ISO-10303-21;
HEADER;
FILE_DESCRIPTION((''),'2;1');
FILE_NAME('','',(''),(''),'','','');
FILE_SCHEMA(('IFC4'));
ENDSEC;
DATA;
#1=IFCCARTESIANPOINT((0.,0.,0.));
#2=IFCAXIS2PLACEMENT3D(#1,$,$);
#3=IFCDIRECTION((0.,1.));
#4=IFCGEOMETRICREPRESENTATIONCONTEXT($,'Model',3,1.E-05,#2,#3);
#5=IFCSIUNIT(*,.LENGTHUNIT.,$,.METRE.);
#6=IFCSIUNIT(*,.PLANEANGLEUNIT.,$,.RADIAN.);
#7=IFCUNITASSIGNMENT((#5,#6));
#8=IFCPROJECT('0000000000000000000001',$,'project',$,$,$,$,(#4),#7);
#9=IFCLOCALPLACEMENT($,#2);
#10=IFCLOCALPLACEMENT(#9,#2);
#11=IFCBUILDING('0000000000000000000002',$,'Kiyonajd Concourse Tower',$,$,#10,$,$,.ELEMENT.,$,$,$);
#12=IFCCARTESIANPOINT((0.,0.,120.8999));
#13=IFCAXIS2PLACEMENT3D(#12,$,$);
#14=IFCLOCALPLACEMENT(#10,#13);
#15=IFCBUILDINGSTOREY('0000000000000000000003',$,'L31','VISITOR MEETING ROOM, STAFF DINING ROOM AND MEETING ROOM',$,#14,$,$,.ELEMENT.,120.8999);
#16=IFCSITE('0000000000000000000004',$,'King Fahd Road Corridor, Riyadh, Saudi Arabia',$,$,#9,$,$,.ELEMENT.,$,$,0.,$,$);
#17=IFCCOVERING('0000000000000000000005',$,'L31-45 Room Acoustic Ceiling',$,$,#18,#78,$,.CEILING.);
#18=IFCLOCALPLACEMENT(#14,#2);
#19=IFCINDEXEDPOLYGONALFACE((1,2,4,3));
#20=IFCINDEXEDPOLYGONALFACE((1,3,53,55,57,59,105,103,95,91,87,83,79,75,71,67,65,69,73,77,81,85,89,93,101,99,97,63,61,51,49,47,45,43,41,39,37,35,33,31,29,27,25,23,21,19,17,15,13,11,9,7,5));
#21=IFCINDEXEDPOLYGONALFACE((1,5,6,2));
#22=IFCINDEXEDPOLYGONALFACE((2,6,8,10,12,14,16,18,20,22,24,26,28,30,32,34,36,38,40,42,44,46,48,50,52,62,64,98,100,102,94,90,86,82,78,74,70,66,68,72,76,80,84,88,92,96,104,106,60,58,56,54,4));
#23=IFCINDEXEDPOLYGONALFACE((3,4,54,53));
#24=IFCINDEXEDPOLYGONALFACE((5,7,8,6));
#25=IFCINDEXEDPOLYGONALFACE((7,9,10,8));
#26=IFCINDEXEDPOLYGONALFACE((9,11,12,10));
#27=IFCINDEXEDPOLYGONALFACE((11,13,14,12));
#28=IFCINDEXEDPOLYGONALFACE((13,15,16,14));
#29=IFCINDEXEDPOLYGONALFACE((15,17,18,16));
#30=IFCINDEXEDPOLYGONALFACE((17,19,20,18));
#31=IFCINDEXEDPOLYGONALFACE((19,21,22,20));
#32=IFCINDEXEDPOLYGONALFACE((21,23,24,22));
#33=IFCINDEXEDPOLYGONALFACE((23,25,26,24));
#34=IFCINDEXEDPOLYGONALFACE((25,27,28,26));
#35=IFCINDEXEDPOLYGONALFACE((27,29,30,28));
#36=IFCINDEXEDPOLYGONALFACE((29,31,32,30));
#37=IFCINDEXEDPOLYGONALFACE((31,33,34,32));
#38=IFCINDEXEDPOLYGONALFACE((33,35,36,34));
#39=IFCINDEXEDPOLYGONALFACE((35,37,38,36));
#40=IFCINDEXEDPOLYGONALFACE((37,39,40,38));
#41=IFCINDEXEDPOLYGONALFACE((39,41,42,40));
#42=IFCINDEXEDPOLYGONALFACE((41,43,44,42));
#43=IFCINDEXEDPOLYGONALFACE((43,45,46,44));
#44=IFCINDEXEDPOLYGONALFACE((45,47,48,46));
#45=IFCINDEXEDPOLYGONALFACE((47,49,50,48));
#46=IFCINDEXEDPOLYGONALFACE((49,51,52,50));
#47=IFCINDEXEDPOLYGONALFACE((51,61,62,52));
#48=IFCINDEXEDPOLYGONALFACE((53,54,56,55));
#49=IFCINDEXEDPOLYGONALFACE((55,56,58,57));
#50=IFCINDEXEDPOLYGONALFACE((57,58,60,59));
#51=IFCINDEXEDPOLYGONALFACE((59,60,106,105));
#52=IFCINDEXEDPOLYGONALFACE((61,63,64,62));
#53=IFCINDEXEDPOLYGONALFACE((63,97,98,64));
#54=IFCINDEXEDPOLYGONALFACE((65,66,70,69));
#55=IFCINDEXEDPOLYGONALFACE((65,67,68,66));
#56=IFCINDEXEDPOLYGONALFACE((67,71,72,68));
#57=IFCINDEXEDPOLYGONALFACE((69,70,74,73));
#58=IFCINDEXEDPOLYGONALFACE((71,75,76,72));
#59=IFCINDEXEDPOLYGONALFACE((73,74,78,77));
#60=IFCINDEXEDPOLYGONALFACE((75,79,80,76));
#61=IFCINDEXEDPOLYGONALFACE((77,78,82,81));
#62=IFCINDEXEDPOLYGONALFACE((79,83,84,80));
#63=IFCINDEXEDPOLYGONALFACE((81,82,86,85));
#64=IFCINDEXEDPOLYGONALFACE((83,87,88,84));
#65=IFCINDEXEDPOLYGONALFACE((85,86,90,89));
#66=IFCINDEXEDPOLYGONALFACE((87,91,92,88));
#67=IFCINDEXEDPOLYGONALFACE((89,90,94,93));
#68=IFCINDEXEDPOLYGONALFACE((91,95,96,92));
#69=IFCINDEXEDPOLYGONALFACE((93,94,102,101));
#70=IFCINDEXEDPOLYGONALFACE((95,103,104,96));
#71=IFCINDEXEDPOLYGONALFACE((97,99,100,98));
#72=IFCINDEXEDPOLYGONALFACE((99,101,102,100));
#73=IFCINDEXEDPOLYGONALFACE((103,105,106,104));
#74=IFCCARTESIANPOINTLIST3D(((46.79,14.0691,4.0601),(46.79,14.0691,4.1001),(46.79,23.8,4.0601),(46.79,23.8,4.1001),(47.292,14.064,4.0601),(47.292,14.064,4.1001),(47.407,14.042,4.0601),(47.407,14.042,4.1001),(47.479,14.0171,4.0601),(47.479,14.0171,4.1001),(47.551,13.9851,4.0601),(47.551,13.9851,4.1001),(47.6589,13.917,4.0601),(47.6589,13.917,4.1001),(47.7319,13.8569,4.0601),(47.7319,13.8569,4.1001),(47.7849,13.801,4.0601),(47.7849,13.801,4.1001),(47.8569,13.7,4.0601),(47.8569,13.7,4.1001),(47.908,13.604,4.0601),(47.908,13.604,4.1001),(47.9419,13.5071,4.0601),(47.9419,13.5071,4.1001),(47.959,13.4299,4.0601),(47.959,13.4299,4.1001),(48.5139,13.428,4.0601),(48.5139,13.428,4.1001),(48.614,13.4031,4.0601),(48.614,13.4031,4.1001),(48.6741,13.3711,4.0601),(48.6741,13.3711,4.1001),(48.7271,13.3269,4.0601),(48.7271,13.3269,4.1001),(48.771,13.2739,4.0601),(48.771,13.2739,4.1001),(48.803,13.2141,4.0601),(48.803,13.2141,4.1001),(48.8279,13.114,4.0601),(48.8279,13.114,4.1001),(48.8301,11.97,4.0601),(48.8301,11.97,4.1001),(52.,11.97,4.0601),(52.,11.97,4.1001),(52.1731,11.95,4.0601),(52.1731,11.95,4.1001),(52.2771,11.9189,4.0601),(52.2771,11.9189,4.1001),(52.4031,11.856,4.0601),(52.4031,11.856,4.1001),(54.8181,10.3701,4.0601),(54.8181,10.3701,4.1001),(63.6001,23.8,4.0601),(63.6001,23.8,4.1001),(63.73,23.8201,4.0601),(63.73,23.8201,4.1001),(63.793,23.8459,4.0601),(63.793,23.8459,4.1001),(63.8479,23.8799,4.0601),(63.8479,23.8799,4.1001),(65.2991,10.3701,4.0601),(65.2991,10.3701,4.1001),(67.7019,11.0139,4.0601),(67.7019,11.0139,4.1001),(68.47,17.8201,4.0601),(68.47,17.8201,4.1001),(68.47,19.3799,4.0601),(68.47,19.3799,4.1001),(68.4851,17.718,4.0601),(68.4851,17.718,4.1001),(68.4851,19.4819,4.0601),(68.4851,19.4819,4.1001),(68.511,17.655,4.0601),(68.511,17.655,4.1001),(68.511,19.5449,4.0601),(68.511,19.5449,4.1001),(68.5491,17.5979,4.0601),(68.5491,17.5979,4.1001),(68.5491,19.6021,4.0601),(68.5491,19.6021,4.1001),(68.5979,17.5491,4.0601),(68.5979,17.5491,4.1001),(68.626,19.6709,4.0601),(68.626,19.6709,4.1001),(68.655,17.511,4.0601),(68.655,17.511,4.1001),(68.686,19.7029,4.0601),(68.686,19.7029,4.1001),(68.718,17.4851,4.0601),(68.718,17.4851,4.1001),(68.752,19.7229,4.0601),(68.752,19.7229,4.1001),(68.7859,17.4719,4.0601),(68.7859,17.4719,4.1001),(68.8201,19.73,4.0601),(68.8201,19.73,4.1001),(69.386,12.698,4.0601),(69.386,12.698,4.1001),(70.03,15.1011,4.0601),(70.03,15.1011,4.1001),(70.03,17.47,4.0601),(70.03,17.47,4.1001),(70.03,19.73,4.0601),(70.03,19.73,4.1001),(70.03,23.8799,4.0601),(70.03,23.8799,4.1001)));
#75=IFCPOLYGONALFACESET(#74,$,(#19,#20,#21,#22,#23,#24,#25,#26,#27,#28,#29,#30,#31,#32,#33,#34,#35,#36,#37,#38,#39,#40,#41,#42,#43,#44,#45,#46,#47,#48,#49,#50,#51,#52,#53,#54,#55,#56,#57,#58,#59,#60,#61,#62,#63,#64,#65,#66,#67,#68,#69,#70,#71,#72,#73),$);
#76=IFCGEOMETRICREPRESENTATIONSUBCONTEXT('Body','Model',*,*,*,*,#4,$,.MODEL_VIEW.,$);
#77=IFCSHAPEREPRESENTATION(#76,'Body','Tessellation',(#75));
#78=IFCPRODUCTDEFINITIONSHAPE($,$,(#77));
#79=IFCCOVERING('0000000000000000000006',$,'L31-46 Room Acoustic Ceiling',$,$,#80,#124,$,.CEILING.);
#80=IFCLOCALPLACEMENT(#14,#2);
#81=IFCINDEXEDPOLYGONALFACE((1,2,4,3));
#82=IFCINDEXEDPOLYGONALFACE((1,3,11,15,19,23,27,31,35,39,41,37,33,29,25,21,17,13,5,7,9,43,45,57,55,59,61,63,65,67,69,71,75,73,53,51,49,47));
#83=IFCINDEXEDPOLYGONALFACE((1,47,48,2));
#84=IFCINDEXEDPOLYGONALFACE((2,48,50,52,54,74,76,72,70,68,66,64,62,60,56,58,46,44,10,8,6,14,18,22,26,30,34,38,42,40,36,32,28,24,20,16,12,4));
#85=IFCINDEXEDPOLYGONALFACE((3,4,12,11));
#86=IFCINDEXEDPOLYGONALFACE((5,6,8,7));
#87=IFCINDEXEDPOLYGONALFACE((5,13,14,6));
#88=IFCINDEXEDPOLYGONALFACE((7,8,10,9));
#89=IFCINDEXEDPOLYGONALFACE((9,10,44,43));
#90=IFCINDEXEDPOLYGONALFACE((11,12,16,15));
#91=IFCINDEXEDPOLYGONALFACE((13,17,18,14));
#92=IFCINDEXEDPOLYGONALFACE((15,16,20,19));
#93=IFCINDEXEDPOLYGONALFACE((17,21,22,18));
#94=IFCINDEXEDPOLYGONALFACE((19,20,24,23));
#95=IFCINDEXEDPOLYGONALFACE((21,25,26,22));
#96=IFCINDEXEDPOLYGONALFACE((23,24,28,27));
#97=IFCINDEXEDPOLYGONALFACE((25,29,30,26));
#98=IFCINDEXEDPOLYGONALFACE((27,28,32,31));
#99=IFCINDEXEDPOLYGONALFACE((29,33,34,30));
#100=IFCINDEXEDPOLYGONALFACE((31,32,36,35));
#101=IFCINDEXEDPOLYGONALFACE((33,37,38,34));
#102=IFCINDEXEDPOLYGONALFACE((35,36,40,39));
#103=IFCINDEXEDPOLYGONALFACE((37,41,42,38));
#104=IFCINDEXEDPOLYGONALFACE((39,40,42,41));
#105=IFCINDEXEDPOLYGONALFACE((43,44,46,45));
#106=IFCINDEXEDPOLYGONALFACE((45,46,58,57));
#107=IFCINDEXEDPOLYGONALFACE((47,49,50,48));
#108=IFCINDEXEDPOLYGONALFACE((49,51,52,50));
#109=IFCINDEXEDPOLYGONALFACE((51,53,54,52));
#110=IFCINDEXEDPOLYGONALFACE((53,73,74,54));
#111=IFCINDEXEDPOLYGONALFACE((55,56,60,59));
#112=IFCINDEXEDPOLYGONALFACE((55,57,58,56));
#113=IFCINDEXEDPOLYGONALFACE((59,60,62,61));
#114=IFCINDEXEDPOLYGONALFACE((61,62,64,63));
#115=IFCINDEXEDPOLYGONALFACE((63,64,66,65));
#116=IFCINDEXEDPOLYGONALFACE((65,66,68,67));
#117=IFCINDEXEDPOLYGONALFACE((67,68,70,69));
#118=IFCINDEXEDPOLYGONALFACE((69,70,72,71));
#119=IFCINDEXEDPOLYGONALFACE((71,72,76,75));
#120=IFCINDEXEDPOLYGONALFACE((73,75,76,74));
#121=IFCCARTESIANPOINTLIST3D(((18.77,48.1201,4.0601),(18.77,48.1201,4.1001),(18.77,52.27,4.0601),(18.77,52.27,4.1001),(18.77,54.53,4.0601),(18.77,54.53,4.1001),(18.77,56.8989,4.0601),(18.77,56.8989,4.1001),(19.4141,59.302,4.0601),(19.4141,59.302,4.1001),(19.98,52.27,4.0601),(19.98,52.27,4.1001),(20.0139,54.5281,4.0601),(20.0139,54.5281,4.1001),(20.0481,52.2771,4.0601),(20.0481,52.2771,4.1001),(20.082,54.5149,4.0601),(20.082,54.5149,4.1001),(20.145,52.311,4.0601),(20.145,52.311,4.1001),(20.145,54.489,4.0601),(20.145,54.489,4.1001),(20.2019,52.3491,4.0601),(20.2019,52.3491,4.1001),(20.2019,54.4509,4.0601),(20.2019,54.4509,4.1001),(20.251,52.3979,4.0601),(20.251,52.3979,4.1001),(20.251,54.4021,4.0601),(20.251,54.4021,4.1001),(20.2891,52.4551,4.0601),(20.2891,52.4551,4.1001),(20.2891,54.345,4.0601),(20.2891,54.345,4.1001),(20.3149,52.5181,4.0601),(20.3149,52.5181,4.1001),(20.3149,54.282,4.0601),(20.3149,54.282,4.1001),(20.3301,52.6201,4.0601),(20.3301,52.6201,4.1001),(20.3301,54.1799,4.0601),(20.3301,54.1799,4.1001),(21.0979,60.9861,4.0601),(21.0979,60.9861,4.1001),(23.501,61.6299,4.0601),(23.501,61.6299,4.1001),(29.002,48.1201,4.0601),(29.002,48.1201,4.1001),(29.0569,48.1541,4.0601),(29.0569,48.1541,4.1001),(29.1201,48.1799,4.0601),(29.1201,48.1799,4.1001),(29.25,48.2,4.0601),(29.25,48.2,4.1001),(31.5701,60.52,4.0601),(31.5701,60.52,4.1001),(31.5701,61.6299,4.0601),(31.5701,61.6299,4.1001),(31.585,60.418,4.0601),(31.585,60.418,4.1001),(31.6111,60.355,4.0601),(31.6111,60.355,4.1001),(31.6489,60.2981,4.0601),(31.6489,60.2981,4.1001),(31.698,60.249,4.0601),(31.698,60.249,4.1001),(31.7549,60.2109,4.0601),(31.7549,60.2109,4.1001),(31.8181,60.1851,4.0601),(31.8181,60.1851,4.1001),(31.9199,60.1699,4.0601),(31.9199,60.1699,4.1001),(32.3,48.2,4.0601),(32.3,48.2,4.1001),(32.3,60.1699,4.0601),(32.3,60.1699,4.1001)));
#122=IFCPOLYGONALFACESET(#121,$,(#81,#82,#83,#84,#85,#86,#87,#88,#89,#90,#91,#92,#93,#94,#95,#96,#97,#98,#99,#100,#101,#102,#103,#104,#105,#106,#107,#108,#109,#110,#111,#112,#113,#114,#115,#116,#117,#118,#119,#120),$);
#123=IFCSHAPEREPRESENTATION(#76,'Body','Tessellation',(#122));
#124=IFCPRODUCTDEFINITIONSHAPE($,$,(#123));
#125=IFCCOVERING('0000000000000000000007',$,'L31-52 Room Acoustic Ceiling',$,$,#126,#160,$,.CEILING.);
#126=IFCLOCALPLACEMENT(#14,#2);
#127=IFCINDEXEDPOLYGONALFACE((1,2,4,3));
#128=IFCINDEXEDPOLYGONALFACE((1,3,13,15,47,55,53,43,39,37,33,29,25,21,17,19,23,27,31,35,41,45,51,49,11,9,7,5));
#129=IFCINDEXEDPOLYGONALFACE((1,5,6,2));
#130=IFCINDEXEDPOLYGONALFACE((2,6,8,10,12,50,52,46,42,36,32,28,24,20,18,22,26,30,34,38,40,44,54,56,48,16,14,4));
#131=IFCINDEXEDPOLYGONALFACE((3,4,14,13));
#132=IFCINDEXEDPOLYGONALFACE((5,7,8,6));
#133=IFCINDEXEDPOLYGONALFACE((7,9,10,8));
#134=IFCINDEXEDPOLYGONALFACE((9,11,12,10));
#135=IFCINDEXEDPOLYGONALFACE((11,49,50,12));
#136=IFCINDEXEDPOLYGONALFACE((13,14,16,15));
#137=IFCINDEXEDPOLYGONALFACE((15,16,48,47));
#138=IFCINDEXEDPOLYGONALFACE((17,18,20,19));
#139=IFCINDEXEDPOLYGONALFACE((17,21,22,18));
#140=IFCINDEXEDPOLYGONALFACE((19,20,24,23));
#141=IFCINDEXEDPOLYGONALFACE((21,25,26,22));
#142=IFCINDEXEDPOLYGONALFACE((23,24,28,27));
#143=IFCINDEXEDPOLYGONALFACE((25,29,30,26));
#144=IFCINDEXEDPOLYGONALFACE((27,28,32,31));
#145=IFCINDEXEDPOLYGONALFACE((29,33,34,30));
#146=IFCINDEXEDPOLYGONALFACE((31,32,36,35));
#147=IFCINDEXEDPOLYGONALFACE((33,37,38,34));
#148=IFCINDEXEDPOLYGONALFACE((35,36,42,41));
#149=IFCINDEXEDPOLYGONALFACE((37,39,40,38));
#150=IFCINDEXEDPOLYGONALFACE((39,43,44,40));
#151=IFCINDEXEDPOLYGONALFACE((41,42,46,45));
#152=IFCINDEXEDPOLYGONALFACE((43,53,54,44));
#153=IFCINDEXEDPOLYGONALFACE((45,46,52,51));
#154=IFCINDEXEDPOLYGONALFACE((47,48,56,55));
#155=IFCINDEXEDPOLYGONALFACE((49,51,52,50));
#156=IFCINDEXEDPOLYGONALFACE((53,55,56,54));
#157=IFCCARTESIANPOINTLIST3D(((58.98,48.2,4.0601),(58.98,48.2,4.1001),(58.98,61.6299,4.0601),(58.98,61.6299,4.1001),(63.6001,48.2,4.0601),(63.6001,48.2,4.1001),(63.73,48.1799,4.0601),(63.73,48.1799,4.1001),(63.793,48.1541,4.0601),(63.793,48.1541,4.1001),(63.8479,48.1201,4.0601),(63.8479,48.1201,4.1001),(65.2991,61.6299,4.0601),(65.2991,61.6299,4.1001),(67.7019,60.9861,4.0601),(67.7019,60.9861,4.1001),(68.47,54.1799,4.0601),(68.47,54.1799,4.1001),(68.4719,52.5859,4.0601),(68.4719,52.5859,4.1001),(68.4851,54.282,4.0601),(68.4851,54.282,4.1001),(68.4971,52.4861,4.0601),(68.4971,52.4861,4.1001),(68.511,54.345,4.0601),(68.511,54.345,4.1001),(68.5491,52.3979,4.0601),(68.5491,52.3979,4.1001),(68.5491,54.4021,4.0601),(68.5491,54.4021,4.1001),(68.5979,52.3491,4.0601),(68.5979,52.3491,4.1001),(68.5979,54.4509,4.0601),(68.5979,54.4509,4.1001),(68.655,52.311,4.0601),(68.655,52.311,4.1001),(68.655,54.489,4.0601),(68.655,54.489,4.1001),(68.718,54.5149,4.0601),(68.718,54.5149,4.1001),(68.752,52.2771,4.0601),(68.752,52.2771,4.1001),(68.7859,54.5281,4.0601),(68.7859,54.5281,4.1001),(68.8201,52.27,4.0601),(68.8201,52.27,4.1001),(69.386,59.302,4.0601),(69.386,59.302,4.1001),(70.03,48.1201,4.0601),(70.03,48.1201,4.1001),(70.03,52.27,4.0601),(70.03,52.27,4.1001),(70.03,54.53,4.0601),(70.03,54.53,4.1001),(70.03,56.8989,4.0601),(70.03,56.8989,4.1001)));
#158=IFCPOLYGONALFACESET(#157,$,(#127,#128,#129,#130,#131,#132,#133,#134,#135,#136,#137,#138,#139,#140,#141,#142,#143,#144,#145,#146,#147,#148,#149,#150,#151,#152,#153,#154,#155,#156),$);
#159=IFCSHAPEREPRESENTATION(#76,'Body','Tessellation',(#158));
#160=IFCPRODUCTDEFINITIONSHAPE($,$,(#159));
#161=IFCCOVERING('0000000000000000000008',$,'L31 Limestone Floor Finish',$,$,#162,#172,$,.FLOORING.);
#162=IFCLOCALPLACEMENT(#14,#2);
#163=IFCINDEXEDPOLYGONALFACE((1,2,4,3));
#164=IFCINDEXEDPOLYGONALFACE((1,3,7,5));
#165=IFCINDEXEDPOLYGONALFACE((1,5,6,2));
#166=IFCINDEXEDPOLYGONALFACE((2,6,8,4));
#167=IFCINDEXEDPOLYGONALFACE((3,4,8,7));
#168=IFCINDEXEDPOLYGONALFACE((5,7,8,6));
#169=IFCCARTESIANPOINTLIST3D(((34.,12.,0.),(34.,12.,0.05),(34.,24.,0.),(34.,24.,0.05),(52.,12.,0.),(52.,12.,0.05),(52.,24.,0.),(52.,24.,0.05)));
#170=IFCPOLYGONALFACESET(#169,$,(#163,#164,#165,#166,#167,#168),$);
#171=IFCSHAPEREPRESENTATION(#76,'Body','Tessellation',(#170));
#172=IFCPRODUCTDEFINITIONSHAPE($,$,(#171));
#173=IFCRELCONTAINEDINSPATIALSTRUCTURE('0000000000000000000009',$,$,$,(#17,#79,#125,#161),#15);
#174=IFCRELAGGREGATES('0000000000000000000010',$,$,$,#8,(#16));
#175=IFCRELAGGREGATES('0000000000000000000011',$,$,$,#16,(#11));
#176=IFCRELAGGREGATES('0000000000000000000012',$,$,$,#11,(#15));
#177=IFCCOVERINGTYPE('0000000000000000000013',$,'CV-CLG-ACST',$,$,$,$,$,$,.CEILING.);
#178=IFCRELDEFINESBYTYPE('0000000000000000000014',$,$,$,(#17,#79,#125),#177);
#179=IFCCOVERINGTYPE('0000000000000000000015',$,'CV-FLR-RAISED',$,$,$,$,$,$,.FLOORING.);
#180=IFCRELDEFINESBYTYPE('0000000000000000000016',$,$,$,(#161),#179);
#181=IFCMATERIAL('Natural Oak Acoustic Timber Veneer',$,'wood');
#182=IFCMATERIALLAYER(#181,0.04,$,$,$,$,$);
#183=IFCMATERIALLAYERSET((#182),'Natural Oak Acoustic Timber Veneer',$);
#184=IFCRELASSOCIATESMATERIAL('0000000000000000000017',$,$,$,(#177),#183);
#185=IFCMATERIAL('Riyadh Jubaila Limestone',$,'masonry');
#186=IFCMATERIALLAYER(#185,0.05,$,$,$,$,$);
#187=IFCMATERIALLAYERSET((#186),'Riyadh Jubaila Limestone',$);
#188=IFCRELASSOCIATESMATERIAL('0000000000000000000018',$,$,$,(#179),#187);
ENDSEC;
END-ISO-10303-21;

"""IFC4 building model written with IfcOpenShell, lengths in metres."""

from ifc_helpers import new_model, si_unit, direction, frame, origin, place, context, subcontext, project, spatial, polyline, outline, extrude, material, layer, layer_set, type_object, element, save


model = new_model("IFC4")

# Units and contexts
model_context = context("Model", 3, precision=1e-05, world=origin(), true_north=direction((0.0, 1.0)))
body_context = subcontext(model_context, "Body", "Model", "MODEL_VIEW")
ifc_project = project(units=[si_unit("LENGTHUNIT", "METRE"), si_unit("PLANEANGLEUNIT", "RADIAN")], contexts=[model_context])

# Site, building, storey
site_placement = place(None, origin())
site = spatial("IfcSite", under=ifc_project, at=site_placement, Name="King Fahd Road Corridor, Riyadh, Saudi Arabia", CompositionType="ELEMENT", RefElevation=0.0)
building_placement = place(site_placement, origin())
building = spatial("IfcBuilding", under=site, at=building_placement, Name="Kiyonajd Concourse Tower", CompositionType="ELEMENT")
storey_placement = place(building_placement, frame((0.0, 0.0, 120.8999)))
storey = spatial("IfcBuildingStorey", under=building, at=storey_placement, Name="L31", Description="VISITOR MEETING ROOM, STAFF DINING ROOM AND MEETING ROOM", CompositionType="ELEMENT", Elevation=120.8999)

# Shared definitions
ifc_material_1 = material(Name="Natural Oak Acoustic Timber Veneer", Category="wood")

# Coverings
ifc_layer_1 = layer(ifc_material_1, 0.04)
ifc_layer_set_1 = layer_set([ifc_layer_1], Name="Natural Oak Acoustic Timber Veneer")
covering_type_1 = type_object("IfcCoveringType", Name="CV-CLG-ACST", PredefinedType="CEILING", material=ifc_layer_set_1)
covering_1_placement = place(storey_placement, frame((0.0, 0.0, 4.0601)))
element("IfcCovering", 1, at=covering_1_placement, inside=storey, type_object=covering_type_1, Name="L31-45 Room Acoustic Ceiling", PredefinedType="CEILING", context=body_context, shape_type="SweptSolid", body=[
    extrude(outline(polyline([(48.8301, 11.97), (48.8279, 13.114), (48.803, 13.2141), (48.771, 13.2739), (48.7271, 13.3269), (48.6741, 13.3711), (48.614, 13.4031), (48.5139, 13.428), (47.959, 13.4299), (47.9419, 13.5071), (47.908, 13.604), (47.8569, 13.7), (47.7849, 13.801), (47.7319, 13.8569), (47.6589, 13.917), (47.551, 13.9851), (47.479, 14.0171), (47.407, 14.042), (47.292, 14.064), (46.79, 14.0691), (46.79, 23.8), (63.6001, 23.8), (63.73, 23.8201), (63.793, 23.8459), (63.8479, 23.8799), (70.03, 23.8799), (70.03, 19.73), (68.8201, 19.73), (68.752, 19.7229), (68.686, 19.7029), (68.626, 19.6709), (68.5491, 19.6021), (68.511, 19.5449), (68.4851, 19.4819), (68.47, 19.3799), (68.47, 17.8201), (68.4851, 17.718), (68.511, 17.655), (68.5491, 17.5979), (68.5979, 17.5491), (68.655, 17.511), (68.718, 17.4851), (68.7859, 17.4719), (70.03, 17.47), (70.03, 15.1011), (69.386, 12.698), (67.7019, 11.0139), (65.2991, 10.3701), (54.8181, 10.3701), (52.4031, 11.856), (52.2771, 11.9189), (52.1731, 11.95), (52.0, 11.97), (48.8301, 11.97)])), origin(), (0.0, 0.0, 1.0), 0.04),
])
covering_2_placement = place(storey_placement, frame((0.0, 0.0, 4.0601)))
element("IfcCovering", 2, at=covering_2_placement, inside=storey, type_object=covering_type_1, Name="L31-46 Room Acoustic Ceiling", PredefinedType="CEILING", context=body_context, shape_type="SweptSolid", body=[
    extrude(outline(polyline([(21.0979, 60.9861), (23.501, 61.6299), (31.5701, 61.6299), (31.5701, 60.52), (31.585, 60.418), (31.6111, 60.355), (31.6489, 60.2981), (31.698, 60.249), (31.7549, 60.2109), (31.8181, 60.1851), (31.9199, 60.1699), (32.3, 60.1699), (32.3, 48.2), (29.25, 48.2), (29.1201, 48.1799), (29.0569, 48.1541), (29.002, 48.1201), (18.77, 48.1201), (18.77, 52.27), (19.98, 52.27), (20.0481, 52.2771), (20.145, 52.311), (20.2019, 52.3491), (20.251, 52.3979), (20.2891, 52.4551), (20.3149, 52.5181), (20.3301, 52.6201), (20.3301, 54.1799), (20.3149, 54.282), (20.2891, 54.345), (20.251, 54.4021), (20.2019, 54.4509), (20.145, 54.489), (20.082, 54.5149), (20.0139, 54.5281), (18.77, 54.53), (18.77, 56.8989), (19.4141, 59.302), (21.0979, 60.9861)])), origin(), (0.0, 0.0, 1.0), 0.04),
])
covering_3_placement = place(storey_placement, frame((0.0, 0.0, 4.0601)))
element("IfcCovering", 3, at=covering_3_placement, inside=storey, type_object=covering_type_1, Name="L31-52 Room Acoustic Ceiling", PredefinedType="CEILING", context=body_context, shape_type="SweptSolid", body=[
    extrude(outline(polyline([(63.8479, 48.1201), (63.793, 48.1541), (63.73, 48.1799), (63.6001, 48.2), (58.98, 48.2), (58.98, 61.6299), (65.2991, 61.6299), (67.7019, 60.9861), (69.386, 59.302), (70.03, 56.8989), (70.03, 54.53), (68.7859, 54.5281), (68.718, 54.5149), (68.655, 54.489), (68.5979, 54.4509), (68.5491, 54.4021), (68.511, 54.345), (68.4851, 54.282), (68.47, 54.1799), (68.4719, 52.5859), (68.4971, 52.4861), (68.5491, 52.3979), (68.5979, 52.3491), (68.655, 52.311), (68.752, 52.2771), (68.8201, 52.27), (70.03, 52.27), (70.03, 48.1201), (63.8479, 48.1201)])), origin(), (0.0, 0.0, 1.0), 0.04),
])
ifc_material_2 = material(Name="Riyadh Jubaila Limestone", Category="masonry")
ifc_layer_2 = layer(ifc_material_2, 0.05)
ifc_layer_set_2 = layer_set([ifc_layer_2], Name="Riyadh Jubaila Limestone")
covering_type_2 = type_object("IfcCoveringType", Name="CV-FLR-RAISED", PredefinedType="FLOORING", material=ifc_layer_set_2)
covering_4_placement = place(storey_placement, origin())
element("IfcCovering", 4, at=covering_4_placement, inside=storey, type_object=covering_type_2, Name="L31 Limestone Floor Finish", PredefinedType="FLOORING", context=body_context, shape_type="SweptSolid", body=[
    extrude(outline(polyline([(34.0, 12.0), (52.0, 12.0), (52.0, 24.0), (34.0, 24.0), (34.0, 12.0)])), origin(), (0.0, 0.0, 1.0), 0.05),
])

save(model, "model.ifc")
